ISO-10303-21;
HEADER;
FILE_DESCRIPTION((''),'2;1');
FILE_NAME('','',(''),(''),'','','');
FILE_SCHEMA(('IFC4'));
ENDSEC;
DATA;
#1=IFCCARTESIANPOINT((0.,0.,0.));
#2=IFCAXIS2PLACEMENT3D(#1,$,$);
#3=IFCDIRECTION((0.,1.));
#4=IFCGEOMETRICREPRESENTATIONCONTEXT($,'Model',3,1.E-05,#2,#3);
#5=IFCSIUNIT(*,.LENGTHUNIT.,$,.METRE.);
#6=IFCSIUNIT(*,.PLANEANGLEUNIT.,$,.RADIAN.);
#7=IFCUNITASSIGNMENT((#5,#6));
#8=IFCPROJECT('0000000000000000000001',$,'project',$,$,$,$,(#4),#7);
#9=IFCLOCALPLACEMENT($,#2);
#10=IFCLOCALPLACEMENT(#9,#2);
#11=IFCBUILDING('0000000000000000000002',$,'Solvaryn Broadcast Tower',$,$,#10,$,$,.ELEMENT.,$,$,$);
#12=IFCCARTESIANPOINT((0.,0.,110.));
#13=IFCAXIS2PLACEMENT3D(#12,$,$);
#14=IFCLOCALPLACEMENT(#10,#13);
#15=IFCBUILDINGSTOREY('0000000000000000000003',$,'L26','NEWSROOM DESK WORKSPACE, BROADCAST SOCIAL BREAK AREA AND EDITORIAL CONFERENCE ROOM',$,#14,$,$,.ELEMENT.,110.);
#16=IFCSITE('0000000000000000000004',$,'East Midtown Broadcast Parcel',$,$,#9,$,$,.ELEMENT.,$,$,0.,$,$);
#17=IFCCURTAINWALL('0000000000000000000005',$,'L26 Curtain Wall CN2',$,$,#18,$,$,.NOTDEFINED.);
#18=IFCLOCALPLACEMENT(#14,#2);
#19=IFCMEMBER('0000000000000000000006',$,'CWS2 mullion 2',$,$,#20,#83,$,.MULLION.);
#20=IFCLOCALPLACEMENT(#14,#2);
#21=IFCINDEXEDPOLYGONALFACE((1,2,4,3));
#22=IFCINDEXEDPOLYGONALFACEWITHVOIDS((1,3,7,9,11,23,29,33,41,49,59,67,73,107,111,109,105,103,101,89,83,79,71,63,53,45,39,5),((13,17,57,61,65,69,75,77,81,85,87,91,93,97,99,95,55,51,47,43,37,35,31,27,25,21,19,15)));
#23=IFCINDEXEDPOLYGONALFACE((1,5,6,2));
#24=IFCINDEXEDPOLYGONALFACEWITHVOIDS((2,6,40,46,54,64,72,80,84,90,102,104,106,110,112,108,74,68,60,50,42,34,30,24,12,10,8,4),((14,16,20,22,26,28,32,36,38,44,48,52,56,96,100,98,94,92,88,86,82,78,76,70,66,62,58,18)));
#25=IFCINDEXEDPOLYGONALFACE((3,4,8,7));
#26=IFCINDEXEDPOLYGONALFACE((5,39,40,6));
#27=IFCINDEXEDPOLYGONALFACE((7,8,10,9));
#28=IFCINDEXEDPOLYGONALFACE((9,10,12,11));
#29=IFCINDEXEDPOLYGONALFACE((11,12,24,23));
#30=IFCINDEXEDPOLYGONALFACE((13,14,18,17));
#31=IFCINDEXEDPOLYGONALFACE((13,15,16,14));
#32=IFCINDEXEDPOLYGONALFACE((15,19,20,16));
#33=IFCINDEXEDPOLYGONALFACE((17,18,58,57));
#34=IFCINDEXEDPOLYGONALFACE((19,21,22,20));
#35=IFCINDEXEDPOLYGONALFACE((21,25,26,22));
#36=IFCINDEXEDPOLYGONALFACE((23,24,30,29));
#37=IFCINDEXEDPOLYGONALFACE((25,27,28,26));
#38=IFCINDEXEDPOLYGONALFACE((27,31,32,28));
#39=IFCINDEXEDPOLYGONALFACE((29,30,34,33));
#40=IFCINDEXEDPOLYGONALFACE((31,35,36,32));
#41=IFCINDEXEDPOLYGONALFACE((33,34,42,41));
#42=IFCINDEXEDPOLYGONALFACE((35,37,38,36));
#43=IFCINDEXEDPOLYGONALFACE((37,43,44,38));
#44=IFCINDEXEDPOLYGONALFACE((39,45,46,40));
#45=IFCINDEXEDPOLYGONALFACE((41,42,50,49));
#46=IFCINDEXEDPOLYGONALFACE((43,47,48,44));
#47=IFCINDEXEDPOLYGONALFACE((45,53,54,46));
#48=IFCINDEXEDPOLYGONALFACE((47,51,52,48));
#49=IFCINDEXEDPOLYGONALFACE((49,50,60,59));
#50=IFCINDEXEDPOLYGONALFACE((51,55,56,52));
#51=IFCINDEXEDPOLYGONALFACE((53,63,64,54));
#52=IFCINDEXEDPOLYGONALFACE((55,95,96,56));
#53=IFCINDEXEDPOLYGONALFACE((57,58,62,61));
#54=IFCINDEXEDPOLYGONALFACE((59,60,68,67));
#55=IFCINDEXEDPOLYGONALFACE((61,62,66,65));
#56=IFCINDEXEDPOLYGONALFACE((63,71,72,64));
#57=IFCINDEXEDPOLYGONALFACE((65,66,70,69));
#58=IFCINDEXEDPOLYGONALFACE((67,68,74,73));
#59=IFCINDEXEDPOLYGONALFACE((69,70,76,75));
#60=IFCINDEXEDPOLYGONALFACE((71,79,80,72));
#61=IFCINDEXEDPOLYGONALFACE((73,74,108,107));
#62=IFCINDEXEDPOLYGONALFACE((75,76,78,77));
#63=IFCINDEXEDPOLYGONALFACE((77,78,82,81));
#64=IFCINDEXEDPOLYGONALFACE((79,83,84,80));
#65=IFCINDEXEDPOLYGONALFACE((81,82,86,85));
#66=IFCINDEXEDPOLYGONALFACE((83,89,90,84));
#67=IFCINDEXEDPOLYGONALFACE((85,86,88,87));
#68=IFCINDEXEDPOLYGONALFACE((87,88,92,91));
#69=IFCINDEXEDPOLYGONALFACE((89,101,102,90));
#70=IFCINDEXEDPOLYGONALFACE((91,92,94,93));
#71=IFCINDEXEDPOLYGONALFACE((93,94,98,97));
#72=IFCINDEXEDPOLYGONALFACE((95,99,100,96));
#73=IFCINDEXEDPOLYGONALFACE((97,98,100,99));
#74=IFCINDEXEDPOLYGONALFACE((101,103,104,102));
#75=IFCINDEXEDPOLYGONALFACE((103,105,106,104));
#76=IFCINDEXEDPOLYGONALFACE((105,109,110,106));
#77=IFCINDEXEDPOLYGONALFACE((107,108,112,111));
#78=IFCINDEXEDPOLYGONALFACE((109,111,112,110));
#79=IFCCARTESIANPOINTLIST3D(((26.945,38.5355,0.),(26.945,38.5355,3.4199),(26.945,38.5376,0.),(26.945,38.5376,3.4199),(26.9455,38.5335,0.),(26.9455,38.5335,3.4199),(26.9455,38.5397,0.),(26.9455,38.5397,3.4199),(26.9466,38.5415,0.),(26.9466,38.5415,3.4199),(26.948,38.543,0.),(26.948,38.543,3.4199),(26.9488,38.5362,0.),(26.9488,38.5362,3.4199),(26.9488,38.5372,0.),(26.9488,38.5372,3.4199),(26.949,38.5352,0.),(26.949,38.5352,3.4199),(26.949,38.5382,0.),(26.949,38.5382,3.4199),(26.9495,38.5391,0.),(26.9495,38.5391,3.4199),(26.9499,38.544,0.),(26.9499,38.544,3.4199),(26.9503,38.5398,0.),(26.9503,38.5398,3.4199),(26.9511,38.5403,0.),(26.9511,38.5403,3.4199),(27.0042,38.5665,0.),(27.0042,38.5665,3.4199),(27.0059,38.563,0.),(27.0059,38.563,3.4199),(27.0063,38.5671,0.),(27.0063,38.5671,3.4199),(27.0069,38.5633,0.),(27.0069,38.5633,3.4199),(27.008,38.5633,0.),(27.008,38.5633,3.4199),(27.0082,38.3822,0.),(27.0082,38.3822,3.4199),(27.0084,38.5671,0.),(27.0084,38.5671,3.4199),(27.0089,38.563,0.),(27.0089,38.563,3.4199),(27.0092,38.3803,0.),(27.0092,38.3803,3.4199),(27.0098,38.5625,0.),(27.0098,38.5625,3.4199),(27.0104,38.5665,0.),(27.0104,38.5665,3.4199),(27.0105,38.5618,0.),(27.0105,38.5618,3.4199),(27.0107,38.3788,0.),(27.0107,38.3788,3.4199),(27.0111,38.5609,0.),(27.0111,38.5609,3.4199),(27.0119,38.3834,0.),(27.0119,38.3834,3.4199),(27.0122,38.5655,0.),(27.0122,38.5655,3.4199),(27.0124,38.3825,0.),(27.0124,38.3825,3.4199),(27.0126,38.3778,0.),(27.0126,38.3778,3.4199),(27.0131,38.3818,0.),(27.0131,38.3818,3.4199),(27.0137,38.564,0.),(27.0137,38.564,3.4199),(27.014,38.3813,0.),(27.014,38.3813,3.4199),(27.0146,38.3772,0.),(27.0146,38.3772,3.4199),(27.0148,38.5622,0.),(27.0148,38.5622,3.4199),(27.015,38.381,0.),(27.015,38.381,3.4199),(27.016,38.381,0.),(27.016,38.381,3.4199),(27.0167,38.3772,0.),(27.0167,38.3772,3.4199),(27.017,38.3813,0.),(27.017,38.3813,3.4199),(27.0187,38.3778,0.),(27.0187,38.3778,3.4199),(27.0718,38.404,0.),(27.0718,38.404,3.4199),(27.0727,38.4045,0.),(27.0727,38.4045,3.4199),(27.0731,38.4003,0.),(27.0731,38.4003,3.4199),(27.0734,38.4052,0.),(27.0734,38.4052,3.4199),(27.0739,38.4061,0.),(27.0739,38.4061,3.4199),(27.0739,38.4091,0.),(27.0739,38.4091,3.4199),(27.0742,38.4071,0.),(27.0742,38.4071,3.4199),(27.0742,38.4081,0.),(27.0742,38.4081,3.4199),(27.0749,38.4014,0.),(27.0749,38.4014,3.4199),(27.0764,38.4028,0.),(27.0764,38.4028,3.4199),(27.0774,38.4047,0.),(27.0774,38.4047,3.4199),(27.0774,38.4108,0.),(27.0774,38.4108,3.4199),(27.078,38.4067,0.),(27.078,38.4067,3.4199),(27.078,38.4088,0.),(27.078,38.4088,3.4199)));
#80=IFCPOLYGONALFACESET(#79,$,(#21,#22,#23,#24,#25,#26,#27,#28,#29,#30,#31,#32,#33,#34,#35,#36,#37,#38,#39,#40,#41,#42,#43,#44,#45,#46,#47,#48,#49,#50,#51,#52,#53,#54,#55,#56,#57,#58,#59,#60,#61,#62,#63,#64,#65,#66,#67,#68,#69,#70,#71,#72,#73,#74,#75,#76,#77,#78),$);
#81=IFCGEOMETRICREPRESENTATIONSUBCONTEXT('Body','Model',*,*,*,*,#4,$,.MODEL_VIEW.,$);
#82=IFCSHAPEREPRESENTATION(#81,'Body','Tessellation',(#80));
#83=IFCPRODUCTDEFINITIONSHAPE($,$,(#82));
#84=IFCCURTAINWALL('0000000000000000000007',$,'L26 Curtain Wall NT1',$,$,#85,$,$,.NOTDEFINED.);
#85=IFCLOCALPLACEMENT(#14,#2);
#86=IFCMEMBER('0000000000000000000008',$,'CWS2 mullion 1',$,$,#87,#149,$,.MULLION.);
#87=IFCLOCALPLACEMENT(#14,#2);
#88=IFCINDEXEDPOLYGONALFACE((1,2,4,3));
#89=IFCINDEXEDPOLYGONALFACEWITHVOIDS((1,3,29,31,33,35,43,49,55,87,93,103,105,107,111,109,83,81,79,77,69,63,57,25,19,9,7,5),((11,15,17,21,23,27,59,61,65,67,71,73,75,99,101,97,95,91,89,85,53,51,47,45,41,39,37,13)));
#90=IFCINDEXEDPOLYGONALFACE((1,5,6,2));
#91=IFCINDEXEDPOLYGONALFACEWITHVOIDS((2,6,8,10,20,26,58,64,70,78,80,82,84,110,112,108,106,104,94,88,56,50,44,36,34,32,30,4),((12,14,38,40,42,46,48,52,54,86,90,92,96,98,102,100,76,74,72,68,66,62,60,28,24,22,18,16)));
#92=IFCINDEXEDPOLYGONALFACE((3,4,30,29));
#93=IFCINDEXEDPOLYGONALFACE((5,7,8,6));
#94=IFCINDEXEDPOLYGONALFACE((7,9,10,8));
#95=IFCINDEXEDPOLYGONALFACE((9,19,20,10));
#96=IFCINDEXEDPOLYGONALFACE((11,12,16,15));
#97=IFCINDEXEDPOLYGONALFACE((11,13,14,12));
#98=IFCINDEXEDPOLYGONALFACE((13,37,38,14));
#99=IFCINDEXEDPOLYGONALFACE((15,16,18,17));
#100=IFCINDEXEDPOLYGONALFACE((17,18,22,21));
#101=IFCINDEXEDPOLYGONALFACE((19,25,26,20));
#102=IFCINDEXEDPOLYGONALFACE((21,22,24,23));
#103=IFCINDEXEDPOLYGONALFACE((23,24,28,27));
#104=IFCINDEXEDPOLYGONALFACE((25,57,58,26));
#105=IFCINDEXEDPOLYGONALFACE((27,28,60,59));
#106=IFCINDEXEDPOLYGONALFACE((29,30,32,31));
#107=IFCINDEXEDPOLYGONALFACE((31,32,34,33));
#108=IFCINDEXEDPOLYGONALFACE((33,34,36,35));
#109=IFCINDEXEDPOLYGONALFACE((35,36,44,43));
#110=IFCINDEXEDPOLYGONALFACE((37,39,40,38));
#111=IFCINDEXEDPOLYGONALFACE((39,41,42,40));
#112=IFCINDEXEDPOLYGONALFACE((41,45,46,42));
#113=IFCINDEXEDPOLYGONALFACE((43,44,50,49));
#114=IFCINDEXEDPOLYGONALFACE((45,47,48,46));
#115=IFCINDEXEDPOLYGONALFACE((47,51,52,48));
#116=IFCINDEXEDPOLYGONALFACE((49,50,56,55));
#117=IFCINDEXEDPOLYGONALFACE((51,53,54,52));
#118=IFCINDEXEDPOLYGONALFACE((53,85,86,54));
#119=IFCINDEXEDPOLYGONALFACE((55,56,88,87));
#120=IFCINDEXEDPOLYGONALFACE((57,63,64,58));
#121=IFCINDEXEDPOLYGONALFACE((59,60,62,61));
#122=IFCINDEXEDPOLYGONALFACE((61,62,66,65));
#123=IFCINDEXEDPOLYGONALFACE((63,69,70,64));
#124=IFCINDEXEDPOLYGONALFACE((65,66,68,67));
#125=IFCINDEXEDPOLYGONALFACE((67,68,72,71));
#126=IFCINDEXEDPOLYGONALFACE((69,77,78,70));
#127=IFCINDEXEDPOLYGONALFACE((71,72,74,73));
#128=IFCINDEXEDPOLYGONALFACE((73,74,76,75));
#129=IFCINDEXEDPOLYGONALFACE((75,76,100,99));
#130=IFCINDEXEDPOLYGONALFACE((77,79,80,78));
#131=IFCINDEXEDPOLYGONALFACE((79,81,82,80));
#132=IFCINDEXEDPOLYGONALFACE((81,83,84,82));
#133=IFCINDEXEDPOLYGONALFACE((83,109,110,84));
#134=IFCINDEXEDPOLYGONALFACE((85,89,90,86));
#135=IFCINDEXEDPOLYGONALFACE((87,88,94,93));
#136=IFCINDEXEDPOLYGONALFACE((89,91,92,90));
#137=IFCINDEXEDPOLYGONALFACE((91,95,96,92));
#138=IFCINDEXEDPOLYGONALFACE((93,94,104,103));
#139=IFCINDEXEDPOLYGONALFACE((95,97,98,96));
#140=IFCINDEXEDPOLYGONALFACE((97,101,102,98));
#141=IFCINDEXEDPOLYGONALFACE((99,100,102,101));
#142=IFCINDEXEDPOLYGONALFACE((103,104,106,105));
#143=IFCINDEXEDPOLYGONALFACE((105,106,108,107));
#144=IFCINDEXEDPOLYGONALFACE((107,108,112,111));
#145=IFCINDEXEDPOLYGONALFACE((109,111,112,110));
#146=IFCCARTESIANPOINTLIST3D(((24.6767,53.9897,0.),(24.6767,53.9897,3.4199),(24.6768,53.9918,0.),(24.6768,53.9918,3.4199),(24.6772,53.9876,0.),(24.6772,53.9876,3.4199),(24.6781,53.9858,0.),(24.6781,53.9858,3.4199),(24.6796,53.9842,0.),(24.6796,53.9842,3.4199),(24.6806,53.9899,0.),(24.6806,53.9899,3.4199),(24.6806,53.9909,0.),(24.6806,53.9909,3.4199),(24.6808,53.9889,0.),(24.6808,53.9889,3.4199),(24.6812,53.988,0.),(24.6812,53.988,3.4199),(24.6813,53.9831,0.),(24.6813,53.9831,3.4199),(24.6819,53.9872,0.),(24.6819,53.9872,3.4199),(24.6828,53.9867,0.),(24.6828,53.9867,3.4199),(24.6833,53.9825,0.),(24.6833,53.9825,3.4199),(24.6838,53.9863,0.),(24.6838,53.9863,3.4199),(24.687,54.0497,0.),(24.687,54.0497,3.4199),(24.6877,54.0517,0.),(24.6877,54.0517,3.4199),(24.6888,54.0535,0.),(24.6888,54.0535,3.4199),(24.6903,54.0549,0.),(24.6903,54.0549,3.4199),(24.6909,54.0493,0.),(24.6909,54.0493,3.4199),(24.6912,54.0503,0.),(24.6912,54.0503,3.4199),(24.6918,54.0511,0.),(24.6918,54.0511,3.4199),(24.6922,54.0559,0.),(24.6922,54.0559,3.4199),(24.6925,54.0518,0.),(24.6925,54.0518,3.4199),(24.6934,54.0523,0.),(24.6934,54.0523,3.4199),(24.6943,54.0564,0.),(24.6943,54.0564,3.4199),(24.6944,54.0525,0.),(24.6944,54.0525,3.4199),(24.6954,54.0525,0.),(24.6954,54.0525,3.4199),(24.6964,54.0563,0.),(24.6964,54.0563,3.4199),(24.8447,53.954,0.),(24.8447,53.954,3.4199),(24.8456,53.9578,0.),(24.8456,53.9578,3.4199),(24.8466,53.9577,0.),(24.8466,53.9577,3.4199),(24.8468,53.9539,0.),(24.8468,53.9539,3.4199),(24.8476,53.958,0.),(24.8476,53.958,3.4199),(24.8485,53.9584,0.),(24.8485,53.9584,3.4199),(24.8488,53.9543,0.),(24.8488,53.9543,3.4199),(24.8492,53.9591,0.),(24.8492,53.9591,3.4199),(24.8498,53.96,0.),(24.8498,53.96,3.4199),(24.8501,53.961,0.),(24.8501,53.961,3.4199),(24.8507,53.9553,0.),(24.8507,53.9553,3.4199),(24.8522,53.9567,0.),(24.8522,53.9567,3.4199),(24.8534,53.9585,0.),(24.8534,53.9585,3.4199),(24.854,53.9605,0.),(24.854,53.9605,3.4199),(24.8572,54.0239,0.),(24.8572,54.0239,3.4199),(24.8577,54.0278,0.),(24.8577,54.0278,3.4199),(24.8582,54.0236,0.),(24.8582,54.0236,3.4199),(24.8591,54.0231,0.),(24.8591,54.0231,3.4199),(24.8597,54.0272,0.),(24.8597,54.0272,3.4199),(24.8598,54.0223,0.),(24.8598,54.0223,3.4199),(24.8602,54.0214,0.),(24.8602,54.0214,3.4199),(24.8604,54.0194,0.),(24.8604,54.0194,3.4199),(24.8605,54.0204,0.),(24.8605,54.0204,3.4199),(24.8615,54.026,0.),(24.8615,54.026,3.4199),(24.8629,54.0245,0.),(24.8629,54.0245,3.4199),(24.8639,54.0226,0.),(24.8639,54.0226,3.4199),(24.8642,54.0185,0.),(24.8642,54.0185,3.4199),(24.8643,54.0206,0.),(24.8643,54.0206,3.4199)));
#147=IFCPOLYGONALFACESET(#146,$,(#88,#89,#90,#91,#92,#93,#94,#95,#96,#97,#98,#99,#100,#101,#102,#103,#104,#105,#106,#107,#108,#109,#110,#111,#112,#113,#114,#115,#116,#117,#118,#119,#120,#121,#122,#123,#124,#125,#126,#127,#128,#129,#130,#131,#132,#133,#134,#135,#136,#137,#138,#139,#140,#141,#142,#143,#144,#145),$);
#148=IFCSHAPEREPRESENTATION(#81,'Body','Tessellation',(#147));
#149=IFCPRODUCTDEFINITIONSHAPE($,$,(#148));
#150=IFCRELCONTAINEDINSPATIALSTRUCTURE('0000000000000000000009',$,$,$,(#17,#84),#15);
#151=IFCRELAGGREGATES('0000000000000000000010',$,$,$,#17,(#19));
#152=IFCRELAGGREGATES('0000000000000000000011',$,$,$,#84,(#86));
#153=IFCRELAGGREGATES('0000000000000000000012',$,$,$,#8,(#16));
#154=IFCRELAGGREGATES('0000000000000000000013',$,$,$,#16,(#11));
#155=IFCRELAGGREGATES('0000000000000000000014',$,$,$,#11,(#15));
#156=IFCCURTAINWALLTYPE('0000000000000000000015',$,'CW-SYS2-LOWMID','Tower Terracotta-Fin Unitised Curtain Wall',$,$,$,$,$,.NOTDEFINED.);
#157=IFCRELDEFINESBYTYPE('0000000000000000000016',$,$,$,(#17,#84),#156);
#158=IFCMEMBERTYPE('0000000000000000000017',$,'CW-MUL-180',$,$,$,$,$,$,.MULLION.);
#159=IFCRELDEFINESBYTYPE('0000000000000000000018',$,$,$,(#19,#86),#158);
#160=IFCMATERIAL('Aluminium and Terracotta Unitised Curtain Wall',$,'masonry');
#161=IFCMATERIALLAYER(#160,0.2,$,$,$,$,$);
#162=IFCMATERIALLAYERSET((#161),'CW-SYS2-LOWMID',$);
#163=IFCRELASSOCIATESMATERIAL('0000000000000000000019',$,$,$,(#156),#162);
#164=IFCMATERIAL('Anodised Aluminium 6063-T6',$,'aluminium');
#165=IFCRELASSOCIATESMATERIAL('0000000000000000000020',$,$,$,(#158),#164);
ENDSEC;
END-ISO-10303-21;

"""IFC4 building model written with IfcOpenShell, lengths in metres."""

from ifc_helpers import new_model, si_unit, direction, frame, origin, origin_2d, place, context, subcontext, project, spatial, hollow_rectangle, extrude, material, layer, layer_set, material_profile, profile_set, type_object, element, aggregate, save


model = new_model("IFC4")

# Units and contexts
model_context = context("Model", 3, precision=1e-05, world=origin(), true_north=direction((0.0, 1.0)))
body_context = subcontext(model_context, "Body", "Model", "MODEL_VIEW")
ifc_project = project(units=[si_unit("LENGTHUNIT", "METRE"), si_unit("PLANEANGLEUNIT", "RADIAN")], contexts=[model_context])

# Site, building, storey
site_placement = place(None, origin())
site = spatial("IfcSite", under=ifc_project, at=site_placement, Name="East Midtown Broadcast Parcel", CompositionType="ELEMENT", RefElevation=0.0)
building_placement = place(site_placement, origin())
building = spatial("IfcBuilding", under=site, at=building_placement, Name="Solvaryn Broadcast Tower", CompositionType="ELEMENT")
storey_placement = place(building_placement, frame((0.0, 0.0, 110.0)))
storey = spatial("IfcBuildingStorey", under=building, at=storey_placement, Name="L26", Description="NEWSROOM DESK WORKSPACE, BROADCAST SOCIAL BREAK AREA AND EDITORIAL CONFERENCE ROOM", CompositionType="ELEMENT", Elevation=110.0)

# Shared definitions
ifc_material_1 = material(Name="Aluminium and Terracotta Unitised Curtain Wall", Category="masonry")
ifc_layer_1 = layer(ifc_material_1, 0.2)
ifc_layer_set_1 = layer_set([ifc_layer_1], Name="CW-SYS2-LOWMID")
curtain_wall_type = type_object("IfcCurtainWallType", Name="CW-SYS2-LOWMID", Description="Tower Terracotta-Fin Unitised Curtain Wall", PredefinedType="NOTDEFINED", material=ifc_layer_set_1)
ifc_material_2 = material(Name="Anodised Aluminium 6063-T6", Category="aluminium")
ifc_material_profile_1 = material_profile(ifc_material_2, hollow_rectangle(XDim=0.075, YDim=0.1799, WallThickness=0.0039, InnerFilletRadius=0.0039, OuterFilletRadius=0.0081, at=origin_2d()))
ifc_profile_set_1 = profile_set([ifc_material_profile_1], Name="Anodised Aluminium 6063-T6")
member_type_1 = type_object("IfcMemberType", Name="CW-MUL-180", PredefinedType="MULLION", material=ifc_profile_set_1)

# Curtain walls, members
curtain_wall_1_placement = place(storey_placement, origin())
curtain_wall_1 = element("IfcCurtainWall", 1, at=curtain_wall_1_placement, inside=storey, type_object=curtain_wall_type, Name="L26 Curtain Wall CN2", PredefinedType="NOTDEFINED")
member_1_placement = place(storey_placement, frame((27.0115, 38.4722, 0.0), z_axis=(0.0, 0.0, 1.0), x_axis=(-0.923895, -0.382646, 0.0)))
member_1 = element("IfcMember", 2, at=member_1_placement, type_object=member_type_1, Name="CWS2 mullion 2", PredefinedType="MULLION", context=body_context, shape_type="SweptSolid", body=[
    extrude(hollow_rectangle(XDim=0.075, YDim=0.1799, WallThickness=0.0039, InnerFilletRadius=0.0039, OuterFilletRadius=0.0081, at=origin_2d()), origin(), (0.0, 0.0, 1.0), 3.4199),
])
aggregate(curtain_wall_1, [member_1])
curtain_wall_2_placement = place(storey_placement, origin())
curtain_wall_2 = element("IfcCurtainWall", 3, at=curtain_wall_2_placement, inside=storey, type_object=curtain_wall_type, Name="L26 Curtain Wall NT1", PredefinedType="NOTDEFINED")
member_2_placement = place(storey_placement, frame((24.7705, 54.0051, 0.0), z_axis=(0.0, 0.0, 1.0), x_axis=(-0.173785, -0.984784, 0.0)))
member_2 = element("IfcMember", 4, at=member_2_placement, type_object=member_type_1, Name="CWS2 mullion 1", PredefinedType="MULLION", context=body_context, shape_type="SweptSolid", body=[
    extrude(hollow_rectangle(XDim=0.075, YDim=0.1799, WallThickness=0.0039, InnerFilletRadius=0.0039, OuterFilletRadius=0.0081, at=origin_2d()), origin(), (0.0, 0.0, 1.0), 3.4199),
])

aggregate(curtain_wall_2, [member_2])

save(model, "model.ifc")
